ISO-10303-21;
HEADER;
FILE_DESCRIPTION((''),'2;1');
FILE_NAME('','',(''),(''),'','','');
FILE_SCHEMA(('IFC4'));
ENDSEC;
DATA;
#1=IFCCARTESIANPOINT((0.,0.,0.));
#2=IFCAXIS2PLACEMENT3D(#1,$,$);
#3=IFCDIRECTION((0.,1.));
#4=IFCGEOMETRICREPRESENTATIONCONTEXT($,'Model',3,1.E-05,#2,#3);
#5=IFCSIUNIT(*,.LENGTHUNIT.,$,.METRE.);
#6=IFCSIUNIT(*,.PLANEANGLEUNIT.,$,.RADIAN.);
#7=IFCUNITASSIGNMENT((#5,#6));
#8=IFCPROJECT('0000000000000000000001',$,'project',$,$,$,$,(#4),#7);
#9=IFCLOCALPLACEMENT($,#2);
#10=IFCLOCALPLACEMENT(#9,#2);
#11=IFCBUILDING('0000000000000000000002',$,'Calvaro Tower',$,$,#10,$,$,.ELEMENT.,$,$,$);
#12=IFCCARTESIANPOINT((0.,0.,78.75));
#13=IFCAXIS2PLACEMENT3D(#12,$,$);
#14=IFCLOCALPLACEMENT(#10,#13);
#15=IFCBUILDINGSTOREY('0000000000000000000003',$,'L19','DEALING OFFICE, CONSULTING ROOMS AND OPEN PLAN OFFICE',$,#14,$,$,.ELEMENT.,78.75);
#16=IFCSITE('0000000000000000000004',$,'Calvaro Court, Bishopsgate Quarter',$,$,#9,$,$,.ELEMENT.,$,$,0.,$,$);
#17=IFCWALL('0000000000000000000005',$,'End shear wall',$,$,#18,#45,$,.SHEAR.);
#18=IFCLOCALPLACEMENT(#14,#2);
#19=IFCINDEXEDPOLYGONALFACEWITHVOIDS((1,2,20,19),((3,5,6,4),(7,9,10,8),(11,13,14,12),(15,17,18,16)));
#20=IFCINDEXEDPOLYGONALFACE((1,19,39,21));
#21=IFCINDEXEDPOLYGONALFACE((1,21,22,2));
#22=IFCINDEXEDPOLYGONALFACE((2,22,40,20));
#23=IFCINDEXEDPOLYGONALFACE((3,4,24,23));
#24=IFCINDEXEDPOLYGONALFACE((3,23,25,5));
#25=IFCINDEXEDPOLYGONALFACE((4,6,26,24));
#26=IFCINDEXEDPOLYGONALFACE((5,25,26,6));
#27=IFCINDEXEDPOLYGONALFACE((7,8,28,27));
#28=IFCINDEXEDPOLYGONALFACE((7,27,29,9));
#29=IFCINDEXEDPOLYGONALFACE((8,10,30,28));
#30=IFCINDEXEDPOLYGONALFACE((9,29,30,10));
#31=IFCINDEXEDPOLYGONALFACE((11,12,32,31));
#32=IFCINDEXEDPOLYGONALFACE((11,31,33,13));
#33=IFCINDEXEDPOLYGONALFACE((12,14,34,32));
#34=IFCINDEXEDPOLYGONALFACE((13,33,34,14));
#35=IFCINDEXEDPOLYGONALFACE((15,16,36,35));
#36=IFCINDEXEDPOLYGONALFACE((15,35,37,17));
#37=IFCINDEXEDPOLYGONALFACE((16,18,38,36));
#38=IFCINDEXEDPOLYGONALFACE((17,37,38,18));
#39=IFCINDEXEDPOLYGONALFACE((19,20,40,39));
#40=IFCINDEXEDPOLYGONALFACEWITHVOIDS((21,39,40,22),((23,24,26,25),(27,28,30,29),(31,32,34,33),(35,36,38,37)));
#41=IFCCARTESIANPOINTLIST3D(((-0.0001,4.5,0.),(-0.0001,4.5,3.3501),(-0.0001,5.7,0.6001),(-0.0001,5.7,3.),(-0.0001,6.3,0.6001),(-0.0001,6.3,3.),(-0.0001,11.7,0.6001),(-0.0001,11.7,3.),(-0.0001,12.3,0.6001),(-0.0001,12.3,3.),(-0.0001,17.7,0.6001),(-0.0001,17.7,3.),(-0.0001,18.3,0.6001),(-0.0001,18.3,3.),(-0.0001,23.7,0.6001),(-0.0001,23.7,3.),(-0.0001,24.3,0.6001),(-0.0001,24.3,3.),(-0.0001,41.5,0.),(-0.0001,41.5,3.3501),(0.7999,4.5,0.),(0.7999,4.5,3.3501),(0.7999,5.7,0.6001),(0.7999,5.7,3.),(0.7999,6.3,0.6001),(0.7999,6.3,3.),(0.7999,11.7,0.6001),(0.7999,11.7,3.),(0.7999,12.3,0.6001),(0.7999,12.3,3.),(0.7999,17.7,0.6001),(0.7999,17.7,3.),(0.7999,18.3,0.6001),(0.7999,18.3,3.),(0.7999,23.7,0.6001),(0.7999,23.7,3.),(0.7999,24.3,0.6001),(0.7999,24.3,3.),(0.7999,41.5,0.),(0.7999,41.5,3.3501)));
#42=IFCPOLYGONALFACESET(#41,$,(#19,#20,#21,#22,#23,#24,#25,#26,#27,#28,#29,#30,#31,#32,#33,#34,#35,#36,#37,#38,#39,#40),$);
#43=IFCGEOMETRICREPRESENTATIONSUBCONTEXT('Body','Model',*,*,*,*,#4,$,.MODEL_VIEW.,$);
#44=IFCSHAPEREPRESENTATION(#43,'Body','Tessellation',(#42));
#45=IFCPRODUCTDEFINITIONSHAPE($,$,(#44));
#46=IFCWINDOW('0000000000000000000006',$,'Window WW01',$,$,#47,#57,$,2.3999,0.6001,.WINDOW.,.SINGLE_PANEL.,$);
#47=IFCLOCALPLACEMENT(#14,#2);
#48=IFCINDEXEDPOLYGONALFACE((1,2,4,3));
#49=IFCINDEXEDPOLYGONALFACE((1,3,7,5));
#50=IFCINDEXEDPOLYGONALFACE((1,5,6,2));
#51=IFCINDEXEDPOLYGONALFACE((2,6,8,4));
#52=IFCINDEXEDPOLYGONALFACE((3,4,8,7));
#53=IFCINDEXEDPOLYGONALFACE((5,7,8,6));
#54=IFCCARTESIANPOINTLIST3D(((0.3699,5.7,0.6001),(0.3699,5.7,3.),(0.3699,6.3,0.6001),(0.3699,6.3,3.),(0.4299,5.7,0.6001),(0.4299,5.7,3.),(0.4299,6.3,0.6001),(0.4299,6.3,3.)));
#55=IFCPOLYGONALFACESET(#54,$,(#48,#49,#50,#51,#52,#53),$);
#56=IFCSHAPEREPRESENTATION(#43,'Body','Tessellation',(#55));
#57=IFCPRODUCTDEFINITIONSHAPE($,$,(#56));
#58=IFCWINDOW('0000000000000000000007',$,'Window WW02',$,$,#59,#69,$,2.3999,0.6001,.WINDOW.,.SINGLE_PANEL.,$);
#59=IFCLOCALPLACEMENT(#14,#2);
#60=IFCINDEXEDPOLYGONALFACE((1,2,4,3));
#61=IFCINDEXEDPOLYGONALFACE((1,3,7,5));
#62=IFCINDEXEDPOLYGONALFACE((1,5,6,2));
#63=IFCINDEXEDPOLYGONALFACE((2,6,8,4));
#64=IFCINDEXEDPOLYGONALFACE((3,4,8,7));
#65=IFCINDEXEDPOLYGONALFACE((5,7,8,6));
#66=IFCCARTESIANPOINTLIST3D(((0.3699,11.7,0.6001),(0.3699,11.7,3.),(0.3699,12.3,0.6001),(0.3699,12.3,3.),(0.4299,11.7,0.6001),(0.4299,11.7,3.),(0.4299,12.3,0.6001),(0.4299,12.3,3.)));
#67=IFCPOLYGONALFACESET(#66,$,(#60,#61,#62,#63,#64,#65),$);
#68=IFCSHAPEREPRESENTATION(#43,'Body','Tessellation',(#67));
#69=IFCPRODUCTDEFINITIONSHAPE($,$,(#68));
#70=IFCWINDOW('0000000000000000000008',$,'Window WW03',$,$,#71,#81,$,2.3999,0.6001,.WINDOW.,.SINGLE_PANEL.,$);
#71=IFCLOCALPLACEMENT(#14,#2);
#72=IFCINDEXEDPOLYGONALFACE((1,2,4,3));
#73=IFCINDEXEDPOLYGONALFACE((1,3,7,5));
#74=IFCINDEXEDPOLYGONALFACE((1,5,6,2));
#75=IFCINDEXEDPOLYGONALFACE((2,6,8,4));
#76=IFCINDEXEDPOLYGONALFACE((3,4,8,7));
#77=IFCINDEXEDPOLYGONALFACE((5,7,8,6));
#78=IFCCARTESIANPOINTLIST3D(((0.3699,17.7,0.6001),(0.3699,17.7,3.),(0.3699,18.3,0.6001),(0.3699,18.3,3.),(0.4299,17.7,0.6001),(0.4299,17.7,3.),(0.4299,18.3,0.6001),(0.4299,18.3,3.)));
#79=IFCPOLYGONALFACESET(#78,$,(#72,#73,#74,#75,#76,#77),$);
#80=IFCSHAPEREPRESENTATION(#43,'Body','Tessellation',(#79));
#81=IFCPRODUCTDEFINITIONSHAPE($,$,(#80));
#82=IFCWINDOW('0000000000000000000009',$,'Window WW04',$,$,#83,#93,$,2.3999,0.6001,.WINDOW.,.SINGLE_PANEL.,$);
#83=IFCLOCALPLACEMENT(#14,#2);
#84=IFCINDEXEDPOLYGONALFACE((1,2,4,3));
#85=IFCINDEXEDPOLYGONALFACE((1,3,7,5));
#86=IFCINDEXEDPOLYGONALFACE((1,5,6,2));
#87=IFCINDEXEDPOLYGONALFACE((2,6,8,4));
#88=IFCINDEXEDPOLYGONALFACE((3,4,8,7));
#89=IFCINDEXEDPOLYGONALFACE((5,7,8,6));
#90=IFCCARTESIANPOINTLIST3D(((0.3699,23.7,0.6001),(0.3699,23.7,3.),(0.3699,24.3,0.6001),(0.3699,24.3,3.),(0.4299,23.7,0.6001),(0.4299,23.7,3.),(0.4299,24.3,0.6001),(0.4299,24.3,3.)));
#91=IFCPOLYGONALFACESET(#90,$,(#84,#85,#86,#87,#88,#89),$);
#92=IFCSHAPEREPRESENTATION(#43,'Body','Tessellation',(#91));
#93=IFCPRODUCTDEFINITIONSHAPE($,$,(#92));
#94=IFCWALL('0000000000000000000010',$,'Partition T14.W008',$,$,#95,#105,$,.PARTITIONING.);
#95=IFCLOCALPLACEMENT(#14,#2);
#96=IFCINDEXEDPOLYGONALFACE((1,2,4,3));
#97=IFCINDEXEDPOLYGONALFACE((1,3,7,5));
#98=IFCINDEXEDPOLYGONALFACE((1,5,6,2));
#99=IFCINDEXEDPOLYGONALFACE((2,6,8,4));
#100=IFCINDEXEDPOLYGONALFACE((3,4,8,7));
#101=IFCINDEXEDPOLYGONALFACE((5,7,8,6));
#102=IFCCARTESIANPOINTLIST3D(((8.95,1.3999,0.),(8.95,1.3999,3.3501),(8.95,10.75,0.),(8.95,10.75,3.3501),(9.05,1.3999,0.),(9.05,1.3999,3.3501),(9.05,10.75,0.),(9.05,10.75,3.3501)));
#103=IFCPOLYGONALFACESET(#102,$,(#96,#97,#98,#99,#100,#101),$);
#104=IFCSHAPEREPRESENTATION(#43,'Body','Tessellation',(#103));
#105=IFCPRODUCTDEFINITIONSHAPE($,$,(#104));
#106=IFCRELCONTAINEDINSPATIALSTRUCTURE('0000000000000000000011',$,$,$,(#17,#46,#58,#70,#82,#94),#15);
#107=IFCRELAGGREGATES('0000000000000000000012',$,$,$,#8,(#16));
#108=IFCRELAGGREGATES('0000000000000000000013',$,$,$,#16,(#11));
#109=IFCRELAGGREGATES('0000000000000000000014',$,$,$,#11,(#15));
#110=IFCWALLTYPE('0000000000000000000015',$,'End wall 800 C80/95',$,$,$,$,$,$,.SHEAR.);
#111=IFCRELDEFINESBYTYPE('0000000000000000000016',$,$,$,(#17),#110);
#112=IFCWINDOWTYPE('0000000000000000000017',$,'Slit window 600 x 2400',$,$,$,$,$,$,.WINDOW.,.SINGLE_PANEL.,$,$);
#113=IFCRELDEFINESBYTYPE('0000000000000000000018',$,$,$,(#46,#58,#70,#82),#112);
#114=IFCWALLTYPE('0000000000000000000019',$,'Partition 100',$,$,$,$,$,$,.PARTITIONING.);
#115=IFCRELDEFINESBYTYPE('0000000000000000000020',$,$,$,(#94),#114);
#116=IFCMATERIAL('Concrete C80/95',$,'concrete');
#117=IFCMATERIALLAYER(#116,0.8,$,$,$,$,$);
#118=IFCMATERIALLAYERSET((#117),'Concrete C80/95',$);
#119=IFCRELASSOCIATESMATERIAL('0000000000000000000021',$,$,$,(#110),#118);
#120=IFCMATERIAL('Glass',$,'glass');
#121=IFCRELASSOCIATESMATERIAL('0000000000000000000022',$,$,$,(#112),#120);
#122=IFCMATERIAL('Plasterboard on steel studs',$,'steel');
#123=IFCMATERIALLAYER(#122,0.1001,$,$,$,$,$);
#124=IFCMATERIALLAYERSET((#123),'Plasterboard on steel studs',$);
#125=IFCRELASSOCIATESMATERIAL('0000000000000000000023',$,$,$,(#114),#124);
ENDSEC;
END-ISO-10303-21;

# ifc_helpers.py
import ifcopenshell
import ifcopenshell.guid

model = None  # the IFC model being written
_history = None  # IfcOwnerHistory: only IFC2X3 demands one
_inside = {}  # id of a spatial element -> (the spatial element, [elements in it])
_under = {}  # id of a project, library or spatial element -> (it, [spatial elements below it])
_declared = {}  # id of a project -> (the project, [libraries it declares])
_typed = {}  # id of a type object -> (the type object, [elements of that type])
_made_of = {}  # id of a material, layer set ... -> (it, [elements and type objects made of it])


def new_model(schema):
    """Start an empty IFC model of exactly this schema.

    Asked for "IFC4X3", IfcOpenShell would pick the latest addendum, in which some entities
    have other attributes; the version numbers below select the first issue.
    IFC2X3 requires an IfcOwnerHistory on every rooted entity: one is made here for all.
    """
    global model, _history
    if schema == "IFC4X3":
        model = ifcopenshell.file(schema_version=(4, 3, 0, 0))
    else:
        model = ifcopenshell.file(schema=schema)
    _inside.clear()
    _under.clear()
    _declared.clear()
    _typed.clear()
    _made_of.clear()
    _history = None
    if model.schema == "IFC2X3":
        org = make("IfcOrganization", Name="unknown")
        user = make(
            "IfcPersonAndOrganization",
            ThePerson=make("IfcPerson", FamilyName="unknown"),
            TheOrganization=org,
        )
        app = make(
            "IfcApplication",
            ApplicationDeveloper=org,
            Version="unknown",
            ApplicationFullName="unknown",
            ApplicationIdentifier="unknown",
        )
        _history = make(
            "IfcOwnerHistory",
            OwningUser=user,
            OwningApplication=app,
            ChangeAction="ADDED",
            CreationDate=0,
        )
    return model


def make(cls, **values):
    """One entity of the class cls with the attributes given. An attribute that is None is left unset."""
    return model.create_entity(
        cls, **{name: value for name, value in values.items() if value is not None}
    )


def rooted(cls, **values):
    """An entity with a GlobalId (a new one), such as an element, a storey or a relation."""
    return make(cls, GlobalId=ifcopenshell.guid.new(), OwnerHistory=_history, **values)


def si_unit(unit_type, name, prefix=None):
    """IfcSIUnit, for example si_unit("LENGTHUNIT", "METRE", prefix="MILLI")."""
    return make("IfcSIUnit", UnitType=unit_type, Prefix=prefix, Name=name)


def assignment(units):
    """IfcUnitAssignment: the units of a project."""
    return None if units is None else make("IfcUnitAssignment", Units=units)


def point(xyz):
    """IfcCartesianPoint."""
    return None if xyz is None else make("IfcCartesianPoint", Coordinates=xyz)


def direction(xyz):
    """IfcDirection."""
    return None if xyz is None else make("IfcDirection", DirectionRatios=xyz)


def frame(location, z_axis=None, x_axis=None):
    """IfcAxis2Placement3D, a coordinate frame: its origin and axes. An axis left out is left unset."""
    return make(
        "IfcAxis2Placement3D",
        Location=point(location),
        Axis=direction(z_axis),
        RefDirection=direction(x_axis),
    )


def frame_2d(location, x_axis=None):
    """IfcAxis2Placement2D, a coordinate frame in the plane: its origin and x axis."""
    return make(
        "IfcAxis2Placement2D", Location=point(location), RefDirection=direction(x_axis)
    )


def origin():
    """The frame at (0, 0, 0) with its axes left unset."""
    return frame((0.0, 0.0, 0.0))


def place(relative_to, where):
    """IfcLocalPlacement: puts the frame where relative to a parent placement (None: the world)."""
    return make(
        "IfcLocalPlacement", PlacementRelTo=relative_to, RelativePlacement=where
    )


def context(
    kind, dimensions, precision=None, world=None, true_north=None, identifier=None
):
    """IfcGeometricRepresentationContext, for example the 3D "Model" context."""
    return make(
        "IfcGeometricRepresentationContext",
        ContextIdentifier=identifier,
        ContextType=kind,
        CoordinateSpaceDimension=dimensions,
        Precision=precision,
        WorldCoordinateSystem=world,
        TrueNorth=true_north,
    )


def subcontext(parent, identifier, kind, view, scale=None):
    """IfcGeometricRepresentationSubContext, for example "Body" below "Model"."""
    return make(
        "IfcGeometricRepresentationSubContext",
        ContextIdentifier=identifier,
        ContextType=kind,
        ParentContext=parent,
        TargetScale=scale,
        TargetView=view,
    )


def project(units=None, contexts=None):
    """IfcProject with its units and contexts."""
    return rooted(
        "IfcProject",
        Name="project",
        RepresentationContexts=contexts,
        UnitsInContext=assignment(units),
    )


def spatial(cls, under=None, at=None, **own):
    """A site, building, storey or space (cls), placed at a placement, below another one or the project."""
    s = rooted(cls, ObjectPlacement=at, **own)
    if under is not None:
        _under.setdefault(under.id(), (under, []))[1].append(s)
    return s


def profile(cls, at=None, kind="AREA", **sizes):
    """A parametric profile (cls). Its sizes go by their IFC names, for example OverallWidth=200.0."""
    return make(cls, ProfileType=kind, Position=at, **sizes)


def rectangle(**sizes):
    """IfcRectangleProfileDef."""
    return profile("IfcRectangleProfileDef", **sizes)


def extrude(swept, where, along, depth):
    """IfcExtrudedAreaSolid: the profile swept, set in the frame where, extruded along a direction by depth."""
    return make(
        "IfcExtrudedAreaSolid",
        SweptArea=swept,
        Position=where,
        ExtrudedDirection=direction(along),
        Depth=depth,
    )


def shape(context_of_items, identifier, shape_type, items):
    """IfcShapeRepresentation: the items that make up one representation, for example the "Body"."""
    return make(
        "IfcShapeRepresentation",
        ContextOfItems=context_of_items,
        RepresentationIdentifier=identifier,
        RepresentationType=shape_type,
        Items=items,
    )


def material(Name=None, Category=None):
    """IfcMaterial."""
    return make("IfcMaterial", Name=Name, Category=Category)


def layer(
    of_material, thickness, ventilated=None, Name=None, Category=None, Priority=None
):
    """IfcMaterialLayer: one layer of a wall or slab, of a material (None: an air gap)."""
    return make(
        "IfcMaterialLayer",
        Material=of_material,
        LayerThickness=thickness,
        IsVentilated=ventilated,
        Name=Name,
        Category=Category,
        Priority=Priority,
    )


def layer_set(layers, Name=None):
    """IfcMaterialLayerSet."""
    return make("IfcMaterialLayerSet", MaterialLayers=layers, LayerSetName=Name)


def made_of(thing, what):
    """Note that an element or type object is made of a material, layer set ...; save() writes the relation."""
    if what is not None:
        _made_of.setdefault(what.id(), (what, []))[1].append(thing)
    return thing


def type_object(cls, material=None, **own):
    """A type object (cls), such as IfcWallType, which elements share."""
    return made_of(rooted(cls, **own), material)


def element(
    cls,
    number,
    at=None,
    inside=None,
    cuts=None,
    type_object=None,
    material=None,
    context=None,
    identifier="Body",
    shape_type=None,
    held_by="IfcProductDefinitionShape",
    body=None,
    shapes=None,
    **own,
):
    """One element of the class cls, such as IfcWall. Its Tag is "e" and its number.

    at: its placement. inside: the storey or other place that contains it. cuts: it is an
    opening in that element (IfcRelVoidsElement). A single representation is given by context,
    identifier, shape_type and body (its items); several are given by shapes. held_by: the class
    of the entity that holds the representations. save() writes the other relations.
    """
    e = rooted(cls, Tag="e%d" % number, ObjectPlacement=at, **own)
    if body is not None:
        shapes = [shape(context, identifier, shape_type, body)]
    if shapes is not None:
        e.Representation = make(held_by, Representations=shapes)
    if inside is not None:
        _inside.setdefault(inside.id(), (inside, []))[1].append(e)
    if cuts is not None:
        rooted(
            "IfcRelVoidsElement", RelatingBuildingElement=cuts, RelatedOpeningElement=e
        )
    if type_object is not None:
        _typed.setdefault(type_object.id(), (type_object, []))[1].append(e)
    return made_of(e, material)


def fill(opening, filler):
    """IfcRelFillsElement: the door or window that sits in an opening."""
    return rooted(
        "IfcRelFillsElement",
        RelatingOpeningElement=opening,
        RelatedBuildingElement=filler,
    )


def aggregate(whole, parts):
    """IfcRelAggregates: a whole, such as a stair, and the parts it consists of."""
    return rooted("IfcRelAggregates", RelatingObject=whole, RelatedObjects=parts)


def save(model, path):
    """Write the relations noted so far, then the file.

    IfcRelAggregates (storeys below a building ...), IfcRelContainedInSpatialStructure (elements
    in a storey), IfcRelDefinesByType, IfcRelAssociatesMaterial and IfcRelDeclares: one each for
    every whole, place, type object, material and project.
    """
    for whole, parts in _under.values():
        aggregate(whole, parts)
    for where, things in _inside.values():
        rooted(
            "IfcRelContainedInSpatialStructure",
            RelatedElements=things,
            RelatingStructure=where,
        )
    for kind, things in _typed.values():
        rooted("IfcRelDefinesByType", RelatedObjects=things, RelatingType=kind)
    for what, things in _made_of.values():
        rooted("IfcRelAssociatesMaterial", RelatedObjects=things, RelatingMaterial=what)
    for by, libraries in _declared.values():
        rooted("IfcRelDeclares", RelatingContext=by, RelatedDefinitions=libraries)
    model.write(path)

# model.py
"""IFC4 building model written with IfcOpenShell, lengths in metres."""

from ifc_helpers import new_model, si_unit, direction, frame, frame_2d, origin, place, context, subcontext, project, spatial, rectangle, extrude, material, layer, layer_set, type_object, element, fill, save


model = new_model("IFC4")

# Units and contexts
model_context = context("Model", 3, precision=1e-05, world=origin(), true_north=direction((0.0, 1.0)))
body_context = subcontext(model_context, "Body", "Model", "MODEL_VIEW")
ifc_project = project(units=[si_unit("LENGTHUNIT", "METRE"), si_unit("PLANEANGLEUNIT", "RADIAN")], contexts=[model_context])

# Site, building, storey
site_placement = place(None, origin())
site = spatial("IfcSite", under=ifc_project, at=site_placement, Name="Calvaro Court, Bishopsgate Quarter", CompositionType="ELEMENT", RefElevation=0.0)
building_placement = place(site_placement, origin())
building = spatial("IfcBuilding", under=site, at=building_placement, Name="Calvaro Tower", CompositionType="ELEMENT")
storey_placement = place(building_placement, frame((0.0, 0.0, 78.75)))
storey = spatial("IfcBuildingStorey", under=building, at=storey_placement, Name="L19", Description="DEALING OFFICE, CONSULTING ROOMS AND OPEN PLAN OFFICE", CompositionType="ELEMENT", Elevation=78.75)

# Wall, openings, windows
ifc_material_1 = material(Name="Concrete C80/95", Category="concrete")
ifc_layer_1 = layer(ifc_material_1, 0.8)
ifc_layer_set_1 = layer_set([ifc_layer_1], Name="Concrete C80/95")
wall_type_1 = type_object("IfcWallType", Name="End wall 800 C80/95", PredefinedType="SHEAR", material=ifc_layer_set_1)
wall_1_placement = place(storey_placement, frame((0.3999, 4.5, 0.0), z_axis=(0.0, 0.0, 1.0), x_axis=(0.0, 1.0, 0.0)))
wall_1 = element("IfcWall", 1, at=wall_1_placement, inside=storey, type_object=wall_type_1, Name="End shear wall", PredefinedType="SHEAR", context=body_context, shape_type="SweptSolid", body=[
    extrude(rectangle(XDim=37.0, YDim=0.8, at=frame_2d((18.5, 0.0))), origin(), (0.0, 0.0, 1.0), 3.3501),
])
opening_1_placement = place(wall_1_placement, frame((1.2, 0.0, 0.6001)))
opening_1 = element("IfcOpeningElement", 2, at=opening_1_placement, cuts=wall_1, PredefinedType="OPENING", context=body_context, shape_type="SweptSolid", body=[
    extrude(rectangle(XDim=0.6001, YDim=2.3999, at=frame_2d((0.3, 1.2))), frame((0.0, 0.4099, 0.0), z_axis=(0.0, -1.0, 0.0), x_axis=(1.0, 0.0, 0.0)), (0.0, 0.0, 1.0), 0.8201),
])
opening_2_placement = place(wall_1_placement, frame((7.2, 0.0, 0.6001)))
opening_2 = element("IfcOpeningElement", 3, at=opening_2_placement, cuts=wall_1, PredefinedType="OPENING", context=body_context, shape_type="SweptSolid", body=[
    extrude(rectangle(XDim=0.6001, YDim=2.3999, at=frame_2d((0.3, 1.2))), frame((0.0, 0.4099, 0.0), z_axis=(0.0, -1.0, 0.0), x_axis=(1.0, 0.0, 0.0)), (0.0, 0.0, 1.0), 0.8201),
])
opening_3_placement = place(wall_1_placement, frame((13.2, 0.0, 0.6001)))
opening_3 = element("IfcOpeningElement", 4, at=opening_3_placement, cuts=wall_1, PredefinedType="OPENING", context=body_context, shape_type="SweptSolid", body=[
    extrude(rectangle(XDim=0.6001, YDim=2.3999, at=frame_2d((0.3, 1.2))), frame((0.0, 0.4099, 0.0), z_axis=(0.0, -1.0, 0.0), x_axis=(1.0, 0.0, 0.0)), (0.0, 0.0, 1.0), 0.8201),
])
opening_4_placement = place(wall_1_placement, frame((19.2, 0.0, 0.6001)))
opening_4 = element("IfcOpeningElement", 5, at=opening_4_placement, cuts=wall_1, PredefinedType="OPENING", context=body_context, shape_type="SweptSolid", body=[
    extrude(rectangle(XDim=0.6001, YDim=2.3999, at=frame_2d((0.3, 1.2))), frame((0.0, 0.4099, 0.0), z_axis=(0.0, -1.0, 0.0), x_axis=(1.0, 0.0, 0.0)), (0.0, 0.0, 1.0), 0.8201),
])
ifc_material_2 = material(Name="Glass", Category="glass")
window_type = type_object("IfcWindowType", Name="Slit window 600 x 2400", PartitioningType="SINGLE_PANEL", PredefinedType="WINDOW", material=ifc_material_2)
window_1_placement = place(opening_1_placement, origin())
window_1 = element("IfcWindow", 6, at=window_1_placement, inside=storey, type_object=window_type, Name="Window WW01", OverallHeight=2.3999, OverallWidth=0.6001, PartitioningType="SINGLE_PANEL", PredefinedType="WINDOW", context=body_context, shape_type="SweptSolid", body=[
    extrude(rectangle(XDim=0.6001, YDim=2.3999, at=frame_2d((0.3, 1.2))), frame((0.0, 0.03, 0.0), z_axis=(0.0, -1.0, 0.0), x_axis=(1.0, 0.0, 0.0)), (0.0, 0.0, 1.0), 0.0601),
])
fill(opening_1, window_1)
window_2_placement = place(opening_2_placement, origin())
window_2 = element("IfcWindow", 7, at=window_2_placement, inside=storey, type_object=window_type, Name="Window WW02", OverallHeight=2.3999, OverallWidth=0.6001, PartitioningType="SINGLE_PANEL", PredefinedType="WINDOW", context=body_context, shape_type="SweptSolid", body=[
    extrude(rectangle(XDim=0.6001, YDim=2.3999, at=frame_2d((0.3, 1.2))), frame((0.0, 0.03, 0.0), z_axis=(0.0, -1.0, 0.0), x_axis=(1.0, 0.0, 0.0)), (0.0, 0.0, 1.0), 0.0601),
])
fill(opening_2, window_2)
window_3_placement = place(opening_3_placement, origin())
window_3 = element("IfcWindow", 8, at=window_3_placement, inside=storey, type_object=window_type, Name="Window WW03", OverallHeight=2.3999, OverallWidth=0.6001, PartitioningType="SINGLE_PANEL", PredefinedType="WINDOW", context=body_context, shape_type="SweptSolid", body=[
    extrude(rectangle(XDim=0.6001, YDim=2.3999, at=frame_2d((0.3, 1.2))), frame((0.0, 0.03, 0.0), z_axis=(0.0, -1.0, 0.0), x_axis=(1.0, 0.0, 0.0)), (0.0, 0.0, 1.0), 0.0601),
])
fill(opening_3, window_3)
window_4_placement = place(opening_4_placement, origin())
window_4 = element("IfcWindow", 9, at=window_4_placement, inside=storey, type_object=window_type, Name="Window WW04", OverallHeight=2.3999, OverallWidth=0.6001, PartitioningType="SINGLE_PANEL", PredefinedType="WINDOW", context=body_context, shape_type="SweptSolid", body=[
    extrude(rectangle(XDim=0.6001, YDim=2.3999, at=frame_2d((0.3, 1.2))), frame((0.0, 0.03, 0.0), z_axis=(0.0, -1.0, 0.0), x_axis=(1.0, 0.0, 0.0)), (0.0, 0.0, 1.0), 0.0601),
])
fill(opening_4, window_4)

# Wall
ifc_material_3 = material(Name="Plasterboard on steel studs", Category="steel")
ifc_layer_2 = layer(ifc_material_3, 0.1001)
ifc_layer_set_2 = layer_set([ifc_layer_2], Name="Plasterboard on steel studs")
wall_type_2 = type_object("IfcWallType", Name="Partition 100", PredefinedType="PARTITIONING", material=ifc_layer_set_2)
wall_2_placement = place(storey_placement, frame((9.0, 1.3999, 0.0), z_axis=(0.0, 0.0, 1.0), x_axis=(0.0, 1.0, 0.0)))
element("IfcWall", 10, at=wall_2_placement, inside=storey, type_object=wall_type_2, Name="Partition T14.W008", PredefinedType="PARTITIONING", context=body_context, shape_type="SweptSolid", body=[
    extrude(rectangle(XDim=9.3501, YDim=0.1001, at=frame_2d((4.675, 0.0))), origin(), (0.0, 0.0, 1.0), 3.3501),
])

save(model, "model.ifc")
